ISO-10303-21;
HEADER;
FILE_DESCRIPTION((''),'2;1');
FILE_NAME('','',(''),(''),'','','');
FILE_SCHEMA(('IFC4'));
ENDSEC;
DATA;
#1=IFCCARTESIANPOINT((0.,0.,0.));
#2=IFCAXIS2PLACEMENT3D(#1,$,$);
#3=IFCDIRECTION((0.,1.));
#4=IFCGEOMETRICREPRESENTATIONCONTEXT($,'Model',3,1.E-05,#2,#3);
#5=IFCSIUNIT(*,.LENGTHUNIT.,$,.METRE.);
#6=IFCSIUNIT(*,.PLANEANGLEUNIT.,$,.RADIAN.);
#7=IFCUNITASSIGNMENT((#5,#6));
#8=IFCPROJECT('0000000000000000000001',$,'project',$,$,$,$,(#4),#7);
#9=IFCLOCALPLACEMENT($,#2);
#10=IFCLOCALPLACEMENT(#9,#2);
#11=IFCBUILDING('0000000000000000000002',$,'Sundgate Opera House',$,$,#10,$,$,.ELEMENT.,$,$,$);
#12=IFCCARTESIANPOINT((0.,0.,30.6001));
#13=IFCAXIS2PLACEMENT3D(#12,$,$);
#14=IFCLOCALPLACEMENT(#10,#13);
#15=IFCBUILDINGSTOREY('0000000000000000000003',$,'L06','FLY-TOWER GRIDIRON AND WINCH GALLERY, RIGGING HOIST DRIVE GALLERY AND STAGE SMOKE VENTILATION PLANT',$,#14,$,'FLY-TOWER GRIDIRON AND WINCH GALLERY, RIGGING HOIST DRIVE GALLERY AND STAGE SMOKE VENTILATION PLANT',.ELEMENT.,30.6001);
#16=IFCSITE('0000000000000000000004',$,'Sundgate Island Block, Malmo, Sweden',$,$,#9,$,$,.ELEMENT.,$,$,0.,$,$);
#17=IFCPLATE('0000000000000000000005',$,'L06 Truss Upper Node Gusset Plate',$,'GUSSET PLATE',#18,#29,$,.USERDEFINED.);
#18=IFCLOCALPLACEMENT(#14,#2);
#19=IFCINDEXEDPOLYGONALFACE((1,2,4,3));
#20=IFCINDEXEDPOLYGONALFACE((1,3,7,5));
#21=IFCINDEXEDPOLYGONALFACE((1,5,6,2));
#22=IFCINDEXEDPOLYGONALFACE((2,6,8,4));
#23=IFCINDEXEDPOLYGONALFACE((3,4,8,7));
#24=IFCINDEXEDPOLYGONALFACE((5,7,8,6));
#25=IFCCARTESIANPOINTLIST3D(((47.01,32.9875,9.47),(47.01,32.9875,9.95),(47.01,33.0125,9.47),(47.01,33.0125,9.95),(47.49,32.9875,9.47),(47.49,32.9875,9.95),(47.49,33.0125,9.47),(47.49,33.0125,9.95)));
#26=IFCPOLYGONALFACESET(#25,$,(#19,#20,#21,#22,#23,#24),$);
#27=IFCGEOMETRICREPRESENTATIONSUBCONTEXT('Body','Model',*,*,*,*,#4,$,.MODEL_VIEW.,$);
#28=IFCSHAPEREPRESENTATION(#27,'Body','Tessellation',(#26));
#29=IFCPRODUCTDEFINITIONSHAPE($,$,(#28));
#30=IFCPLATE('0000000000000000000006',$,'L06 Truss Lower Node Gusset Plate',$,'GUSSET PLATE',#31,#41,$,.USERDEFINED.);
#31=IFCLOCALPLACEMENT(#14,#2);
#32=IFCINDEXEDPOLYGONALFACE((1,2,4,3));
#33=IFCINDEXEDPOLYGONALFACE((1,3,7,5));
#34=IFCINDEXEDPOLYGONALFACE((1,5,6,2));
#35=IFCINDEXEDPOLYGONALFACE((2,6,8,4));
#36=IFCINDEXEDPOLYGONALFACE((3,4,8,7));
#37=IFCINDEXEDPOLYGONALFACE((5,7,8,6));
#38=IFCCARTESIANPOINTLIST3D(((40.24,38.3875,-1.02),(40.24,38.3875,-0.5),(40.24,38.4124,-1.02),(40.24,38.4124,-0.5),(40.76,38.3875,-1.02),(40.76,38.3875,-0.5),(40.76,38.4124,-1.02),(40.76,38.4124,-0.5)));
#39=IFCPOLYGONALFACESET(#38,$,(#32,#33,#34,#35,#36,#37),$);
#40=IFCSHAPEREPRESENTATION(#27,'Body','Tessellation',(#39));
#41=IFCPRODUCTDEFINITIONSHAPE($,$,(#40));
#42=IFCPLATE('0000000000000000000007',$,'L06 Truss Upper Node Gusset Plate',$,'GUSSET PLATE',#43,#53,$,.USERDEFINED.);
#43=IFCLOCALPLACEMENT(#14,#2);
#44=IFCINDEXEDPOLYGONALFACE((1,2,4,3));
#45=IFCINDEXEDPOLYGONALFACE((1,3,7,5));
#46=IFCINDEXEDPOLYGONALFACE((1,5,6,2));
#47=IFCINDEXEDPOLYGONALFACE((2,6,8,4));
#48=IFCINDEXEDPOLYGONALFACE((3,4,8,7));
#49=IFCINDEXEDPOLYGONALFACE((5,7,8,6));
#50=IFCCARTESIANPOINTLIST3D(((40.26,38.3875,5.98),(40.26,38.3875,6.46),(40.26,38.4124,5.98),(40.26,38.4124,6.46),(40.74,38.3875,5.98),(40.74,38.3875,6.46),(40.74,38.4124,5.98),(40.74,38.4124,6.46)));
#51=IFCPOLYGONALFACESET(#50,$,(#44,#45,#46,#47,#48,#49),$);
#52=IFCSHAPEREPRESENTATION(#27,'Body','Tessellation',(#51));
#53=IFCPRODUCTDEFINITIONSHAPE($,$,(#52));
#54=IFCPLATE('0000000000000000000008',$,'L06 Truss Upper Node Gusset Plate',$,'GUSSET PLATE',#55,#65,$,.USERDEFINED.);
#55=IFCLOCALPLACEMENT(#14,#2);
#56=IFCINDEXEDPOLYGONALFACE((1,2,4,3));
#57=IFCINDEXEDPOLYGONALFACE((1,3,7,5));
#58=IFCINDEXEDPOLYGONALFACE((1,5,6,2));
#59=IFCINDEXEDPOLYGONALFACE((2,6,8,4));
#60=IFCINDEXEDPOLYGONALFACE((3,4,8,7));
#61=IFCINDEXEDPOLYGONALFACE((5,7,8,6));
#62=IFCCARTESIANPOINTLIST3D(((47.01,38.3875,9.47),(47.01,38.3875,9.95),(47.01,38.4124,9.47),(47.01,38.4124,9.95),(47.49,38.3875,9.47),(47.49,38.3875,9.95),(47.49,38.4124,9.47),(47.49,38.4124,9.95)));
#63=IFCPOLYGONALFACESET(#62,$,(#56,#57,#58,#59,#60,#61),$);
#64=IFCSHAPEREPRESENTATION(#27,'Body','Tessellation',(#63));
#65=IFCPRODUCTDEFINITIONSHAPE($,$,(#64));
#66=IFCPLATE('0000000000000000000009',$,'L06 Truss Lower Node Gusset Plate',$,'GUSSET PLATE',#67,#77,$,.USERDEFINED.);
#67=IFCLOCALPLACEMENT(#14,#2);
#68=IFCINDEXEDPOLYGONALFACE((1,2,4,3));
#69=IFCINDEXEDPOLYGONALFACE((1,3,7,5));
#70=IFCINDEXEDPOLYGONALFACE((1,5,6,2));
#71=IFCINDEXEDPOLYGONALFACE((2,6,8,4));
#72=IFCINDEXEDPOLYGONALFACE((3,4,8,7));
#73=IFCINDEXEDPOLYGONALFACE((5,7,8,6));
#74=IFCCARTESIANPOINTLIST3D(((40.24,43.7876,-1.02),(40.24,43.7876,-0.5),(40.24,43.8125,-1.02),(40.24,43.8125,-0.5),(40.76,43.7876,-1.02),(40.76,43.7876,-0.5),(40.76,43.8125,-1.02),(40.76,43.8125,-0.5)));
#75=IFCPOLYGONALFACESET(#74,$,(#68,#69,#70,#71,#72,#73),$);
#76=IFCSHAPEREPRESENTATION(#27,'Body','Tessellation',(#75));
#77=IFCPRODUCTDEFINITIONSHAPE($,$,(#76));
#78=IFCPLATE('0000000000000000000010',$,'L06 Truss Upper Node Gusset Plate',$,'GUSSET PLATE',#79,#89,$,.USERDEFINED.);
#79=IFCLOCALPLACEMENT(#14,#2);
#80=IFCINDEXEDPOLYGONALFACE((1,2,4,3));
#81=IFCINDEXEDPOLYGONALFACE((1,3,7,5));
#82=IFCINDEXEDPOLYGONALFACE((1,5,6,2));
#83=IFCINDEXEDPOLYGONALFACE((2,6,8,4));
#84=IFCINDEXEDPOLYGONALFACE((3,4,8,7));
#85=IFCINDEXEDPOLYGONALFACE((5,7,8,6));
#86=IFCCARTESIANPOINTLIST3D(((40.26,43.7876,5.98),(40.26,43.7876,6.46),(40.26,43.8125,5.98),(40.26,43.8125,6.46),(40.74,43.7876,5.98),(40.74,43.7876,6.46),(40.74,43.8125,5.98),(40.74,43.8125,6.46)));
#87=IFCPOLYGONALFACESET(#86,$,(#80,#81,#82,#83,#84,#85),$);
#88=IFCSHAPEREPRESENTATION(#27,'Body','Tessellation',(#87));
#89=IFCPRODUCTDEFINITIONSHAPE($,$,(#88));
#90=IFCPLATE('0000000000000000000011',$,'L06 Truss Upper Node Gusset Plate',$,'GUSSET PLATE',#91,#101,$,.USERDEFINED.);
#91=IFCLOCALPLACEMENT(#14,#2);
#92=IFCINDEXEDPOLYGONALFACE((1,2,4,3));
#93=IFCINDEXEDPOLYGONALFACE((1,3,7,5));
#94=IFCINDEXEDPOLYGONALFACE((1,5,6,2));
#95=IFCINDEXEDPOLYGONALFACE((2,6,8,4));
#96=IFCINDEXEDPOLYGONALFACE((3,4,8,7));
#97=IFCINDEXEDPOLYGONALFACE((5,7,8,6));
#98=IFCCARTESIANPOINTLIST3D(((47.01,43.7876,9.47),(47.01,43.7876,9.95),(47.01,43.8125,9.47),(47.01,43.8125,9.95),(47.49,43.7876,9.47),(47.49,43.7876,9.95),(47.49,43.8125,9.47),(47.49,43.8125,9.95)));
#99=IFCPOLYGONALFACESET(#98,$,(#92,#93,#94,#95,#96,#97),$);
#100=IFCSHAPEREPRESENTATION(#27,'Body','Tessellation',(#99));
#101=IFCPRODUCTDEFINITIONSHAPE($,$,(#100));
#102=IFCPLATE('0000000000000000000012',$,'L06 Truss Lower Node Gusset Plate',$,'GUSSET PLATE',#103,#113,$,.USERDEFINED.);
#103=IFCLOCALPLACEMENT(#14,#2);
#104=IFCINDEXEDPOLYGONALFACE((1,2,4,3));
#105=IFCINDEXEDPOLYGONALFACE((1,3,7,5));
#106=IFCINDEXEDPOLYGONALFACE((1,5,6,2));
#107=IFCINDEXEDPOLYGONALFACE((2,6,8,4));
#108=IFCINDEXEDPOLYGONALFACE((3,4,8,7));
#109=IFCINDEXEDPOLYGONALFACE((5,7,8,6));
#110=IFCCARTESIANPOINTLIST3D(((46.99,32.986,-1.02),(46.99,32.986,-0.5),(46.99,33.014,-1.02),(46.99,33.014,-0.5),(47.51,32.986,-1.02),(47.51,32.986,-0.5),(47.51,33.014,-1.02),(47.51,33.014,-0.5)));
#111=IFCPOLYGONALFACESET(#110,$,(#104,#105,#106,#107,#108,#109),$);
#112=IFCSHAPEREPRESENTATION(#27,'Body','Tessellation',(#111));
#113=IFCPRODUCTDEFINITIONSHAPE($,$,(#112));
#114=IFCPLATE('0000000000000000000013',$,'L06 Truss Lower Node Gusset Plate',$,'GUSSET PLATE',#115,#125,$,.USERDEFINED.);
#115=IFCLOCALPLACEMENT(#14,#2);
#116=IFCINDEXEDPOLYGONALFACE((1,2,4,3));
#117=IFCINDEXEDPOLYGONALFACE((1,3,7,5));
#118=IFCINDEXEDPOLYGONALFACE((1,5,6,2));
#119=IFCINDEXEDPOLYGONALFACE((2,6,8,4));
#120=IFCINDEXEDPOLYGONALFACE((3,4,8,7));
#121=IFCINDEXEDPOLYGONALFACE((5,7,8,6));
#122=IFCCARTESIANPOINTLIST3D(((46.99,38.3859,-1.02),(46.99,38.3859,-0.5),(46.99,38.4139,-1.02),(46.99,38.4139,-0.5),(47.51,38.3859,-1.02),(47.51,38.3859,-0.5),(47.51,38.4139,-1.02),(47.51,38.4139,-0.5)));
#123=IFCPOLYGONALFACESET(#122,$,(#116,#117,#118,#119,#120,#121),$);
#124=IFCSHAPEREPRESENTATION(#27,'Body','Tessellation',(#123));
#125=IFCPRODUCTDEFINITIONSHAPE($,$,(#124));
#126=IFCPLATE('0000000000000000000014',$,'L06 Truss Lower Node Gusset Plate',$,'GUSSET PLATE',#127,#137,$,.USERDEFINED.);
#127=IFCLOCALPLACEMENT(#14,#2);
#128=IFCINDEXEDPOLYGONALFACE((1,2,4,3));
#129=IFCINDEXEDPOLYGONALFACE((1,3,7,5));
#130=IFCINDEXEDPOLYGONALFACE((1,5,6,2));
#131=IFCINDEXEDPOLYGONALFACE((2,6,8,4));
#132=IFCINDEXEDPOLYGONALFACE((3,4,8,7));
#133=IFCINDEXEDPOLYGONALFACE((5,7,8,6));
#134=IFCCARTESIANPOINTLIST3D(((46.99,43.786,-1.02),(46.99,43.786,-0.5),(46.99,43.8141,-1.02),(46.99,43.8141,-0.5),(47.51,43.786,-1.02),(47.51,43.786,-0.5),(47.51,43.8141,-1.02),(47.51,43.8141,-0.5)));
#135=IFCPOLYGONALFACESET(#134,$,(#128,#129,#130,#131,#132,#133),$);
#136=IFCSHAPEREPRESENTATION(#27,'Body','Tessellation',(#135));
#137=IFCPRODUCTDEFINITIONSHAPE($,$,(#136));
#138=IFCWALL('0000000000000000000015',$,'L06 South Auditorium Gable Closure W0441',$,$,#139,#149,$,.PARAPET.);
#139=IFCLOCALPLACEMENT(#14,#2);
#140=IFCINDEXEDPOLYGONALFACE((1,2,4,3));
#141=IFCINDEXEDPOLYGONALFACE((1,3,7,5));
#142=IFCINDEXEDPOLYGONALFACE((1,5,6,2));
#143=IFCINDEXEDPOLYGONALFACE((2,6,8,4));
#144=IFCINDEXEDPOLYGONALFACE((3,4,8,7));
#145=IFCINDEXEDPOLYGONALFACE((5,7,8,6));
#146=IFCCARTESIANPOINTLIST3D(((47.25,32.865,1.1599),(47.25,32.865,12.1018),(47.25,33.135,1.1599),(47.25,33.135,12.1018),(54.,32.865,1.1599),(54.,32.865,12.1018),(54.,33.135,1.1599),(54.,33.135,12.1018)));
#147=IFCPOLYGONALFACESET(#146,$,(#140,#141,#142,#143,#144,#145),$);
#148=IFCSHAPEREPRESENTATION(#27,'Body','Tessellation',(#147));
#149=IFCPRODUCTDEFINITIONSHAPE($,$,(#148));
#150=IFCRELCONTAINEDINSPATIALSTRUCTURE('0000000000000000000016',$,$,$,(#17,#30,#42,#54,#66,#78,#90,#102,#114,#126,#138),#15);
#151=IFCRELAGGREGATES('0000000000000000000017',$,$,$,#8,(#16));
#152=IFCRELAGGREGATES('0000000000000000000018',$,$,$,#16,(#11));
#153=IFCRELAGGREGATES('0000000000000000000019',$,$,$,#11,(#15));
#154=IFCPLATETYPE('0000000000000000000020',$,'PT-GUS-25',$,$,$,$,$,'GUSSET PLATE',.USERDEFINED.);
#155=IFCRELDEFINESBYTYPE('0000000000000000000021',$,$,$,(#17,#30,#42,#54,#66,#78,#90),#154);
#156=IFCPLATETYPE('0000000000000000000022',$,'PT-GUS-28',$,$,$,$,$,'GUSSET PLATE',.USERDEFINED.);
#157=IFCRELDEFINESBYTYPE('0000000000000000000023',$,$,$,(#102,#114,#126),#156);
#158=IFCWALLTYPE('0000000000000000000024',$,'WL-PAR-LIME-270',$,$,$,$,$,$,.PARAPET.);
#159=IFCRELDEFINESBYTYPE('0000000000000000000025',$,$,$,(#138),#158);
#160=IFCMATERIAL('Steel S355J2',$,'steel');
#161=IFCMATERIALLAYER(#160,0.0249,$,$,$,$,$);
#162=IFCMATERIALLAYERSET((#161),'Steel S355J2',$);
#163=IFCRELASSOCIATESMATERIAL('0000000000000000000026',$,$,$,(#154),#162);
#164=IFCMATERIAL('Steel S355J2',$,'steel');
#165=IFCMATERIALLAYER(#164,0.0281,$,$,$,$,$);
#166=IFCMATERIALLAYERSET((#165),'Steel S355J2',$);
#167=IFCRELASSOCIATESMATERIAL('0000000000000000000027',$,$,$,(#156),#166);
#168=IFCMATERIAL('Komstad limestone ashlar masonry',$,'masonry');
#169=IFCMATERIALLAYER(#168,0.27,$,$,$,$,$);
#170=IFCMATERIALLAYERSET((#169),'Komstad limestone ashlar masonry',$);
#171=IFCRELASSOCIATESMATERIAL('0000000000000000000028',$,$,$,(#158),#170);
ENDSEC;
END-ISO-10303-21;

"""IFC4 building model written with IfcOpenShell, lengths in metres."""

from ifc_helpers import new_model, si_unit, direction, frame, frame_2d, origin, origin_2d, place, context, subcontext, project, spatial, rectangle, extrude, material, layer, layer_set, type_object, element, save


model = new_model("IFC4")

# Units and contexts
model_context = context("Model", 3, precision=1e-05, world=origin(), true_north=direction((0.0, 1.0)))
body_context = subcontext(model_context, "Body", "Model", "MODEL_VIEW")
ifc_project = project(units=[si_unit("LENGTHUNIT", "METRE"), si_unit("PLANEANGLEUNIT", "RADIAN")], contexts=[model_context])

# Site, building, storey
site_placement = place(None, origin())
site = spatial("IfcSite", under=ifc_project, at=site_placement, Name="Sundgate Island Block, Malmo, Sweden", CompositionType="ELEMENT", RefElevation=0.0)
building_placement = place(site_placement, origin())
building = spatial("IfcBuilding", under=site, at=building_placement, Name="Sundgate Opera House", CompositionType="ELEMENT")
storey_placement = place(building_placement, frame((0.0, 0.0, 30.6001)))
storey = spatial("IfcBuildingStorey", under=building, at=storey_placement, Name="L06", Description="FLY-TOWER GRIDIRON AND WINCH GALLERY, RIGGING HOIST DRIVE GALLERY AND STAGE SMOKE VENTILATION PLANT", LongName="FLY-TOWER GRIDIRON AND WINCH GALLERY, RIGGING HOIST DRIVE GALLERY AND STAGE SMOKE VENTILATION PLANT", CompositionType="ELEMENT", Elevation=30.6001)

# Plates
ifc_material_1 = material(Name="Steel S355J2", Category="steel")
ifc_layer_1 = layer(ifc_material_1, 0.0249)
ifc_layer_set_1 = layer_set([ifc_layer_1], Name="Steel S355J2")
plate_type_1 = type_object("IfcPlateType", Name="PT-GUS-25", ElementType="GUSSET PLATE", PredefinedType="USERDEFINED", material=ifc_layer_set_1)
plate_1_placement = place(storey_placement, frame((47.25, 33.0, 9.47), z_axis=(0.0, 0.0, 1.0), x_axis=(1.0, 0.0, 0.0)))
element("IfcPlate", 1, at=plate_1_placement, inside=storey, type_object=plate_type_1, Name="L06 Truss Upper Node Gusset Plate", ObjectType="GUSSET PLATE", PredefinedType="USERDEFINED", context=body_context, shape_type="SweptSolid", body=[
    extrude(rectangle(XDim=0.48, YDim=0.0249, at=origin_2d()), origin(), (0.0, 0.0, 1.0), 0.48),
])
plate_2_placement = place(storey_placement, frame((40.5, 38.3999, -1.02), z_axis=(0.0, 0.0, 1.0), x_axis=(1.0, 0.0, 0.0)))
element("IfcPlate", 2, at=plate_2_placement, inside=storey, type_object=plate_type_1, Name="L06 Truss Lower Node Gusset Plate", ObjectType="GUSSET PLATE", PredefinedType="USERDEFINED", context=body_context, shape_type="SweptSolid", body=[
    extrude(rectangle(XDim=0.52, YDim=0.0249, at=origin_2d()), origin(), (0.0, 0.0, 1.0), 0.52),
])
for number, where, z_axis, x_axis, name in (
    (3, (40.5, 38.3999, 5.98), (0.0, 0.0, 1.0), (1.0, 0.0, 0.0), "L06 Truss Upper Node Gusset Plate"),
    (4, (47.25, 38.3999, 9.47), (0.0, 0.0, 1.0), (1.0, 0.0, 0.0), "L06 Truss Upper Node Gusset Plate"),
):
    element("IfcPlate", number, at=place(storey_placement, frame(where, z_axis=z_axis, x_axis=x_axis)), inside=storey, type_object=plate_type_1, Name=name, ObjectType="GUSSET PLATE", PredefinedType="USERDEFINED", context=body_context, shape_type="SweptSolid", body=[
        extrude(rectangle(XDim=0.48, YDim=0.0249, at=origin_2d()), origin(), (0.0, 0.0, 1.0), 0.48),
    ])
plate_3_placement = place(storey_placement, frame((40.5, 43.8, -1.02), z_axis=(0.0, 0.0, 1.0), x_axis=(1.0, 0.0, 0.0)))
element("IfcPlate", 5, at=plate_3_placement, inside=storey, type_object=plate_type_1, Name="L06 Truss Lower Node Gusset Plate", ObjectType="GUSSET PLATE", PredefinedType="USERDEFINED", context=body_context, shape_type="SweptSolid", body=[
    extrude(rectangle(XDim=0.52, YDim=0.0249, at=origin_2d()), origin(), (0.0, 0.0, 1.0), 0.52),
])
for number, where, z_axis, x_axis, name in (
    (6, (40.5, 43.8, 5.98), (0.0, 0.0, 1.0), (1.0, 0.0, 0.0), "L06 Truss Upper Node Gusset Plate"),
    (7, (47.25, 43.8, 9.47), (0.0, 0.0, 1.0), (1.0, 0.0, 0.0), "L06 Truss Upper Node Gusset Plate"),
):
    element("IfcPlate", number, at=place(storey_placement, frame(where, z_axis=z_axis, x_axis=x_axis)), inside=storey, type_object=plate_type_1, Name=name, ObjectType="GUSSET PLATE", PredefinedType="USERDEFINED", context=body_context, shape_type="SweptSolid", body=[
        extrude(rectangle(XDim=0.48, YDim=0.0249, at=origin_2d()), origin(), (0.0, 0.0, 1.0), 0.48),
    ])
ifc_material_2 = material(Name="Steel S355J2", Category="steel")
ifc_layer_2 = layer(ifc_material_2, 0.0281)
ifc_layer_set_2 = layer_set([ifc_layer_2], Name="Steel S355J2")
plate_type_2 = type_object("IfcPlateType", Name="PT-GUS-28", ElementType="GUSSET PLATE", PredefinedType="USERDEFINED", material=ifc_layer_set_2)
for number, where, z_axis, x_axis, name in (
    (8, (47.25, 33.0, -1.02), (0.0, 0.0, 1.0), (1.0, 0.0, 0.0), "L06 Truss Lower Node Gusset Plate"),
    (9, (47.25, 38.3999, -1.02), (0.0, 0.0, 1.0), (1.0, 0.0, 0.0), "L06 Truss Lower Node Gusset Plate"),
    (10, (47.25, 43.8, -1.02), (0.0, 0.0, 1.0), (1.0, 0.0, 0.0), "L06 Truss Lower Node Gusset Plate"),
):
    element("IfcPlate", number, at=place(storey_placement, frame(where, z_axis=z_axis, x_axis=x_axis)), inside=storey, type_object=plate_type_2, Name=name, ObjectType="GUSSET PLATE", PredefinedType="USERDEFINED", context=body_context, shape_type="SweptSolid", body=[
        extrude(rectangle(XDim=0.52, YDim=0.0281, at=origin_2d()), origin(), (0.0, 0.0, 1.0), 0.52),
    ])

# Wall
ifc_material_3 = material(Name="Komstad limestone ashlar masonry", Category="masonry")
ifc_layer_3 = layer(ifc_material_3, 0.27)
ifc_layer_set_3 = layer_set([ifc_layer_3], Name="Komstad limestone ashlar masonry")
wall_type = type_object("IfcWallType", Name="WL-PAR-LIME-270", PredefinedType="PARAPET", material=ifc_layer_set_3)
wall_placement = place(storey_placement, frame((47.25, 33.0, 1.1599), z_axis=(0.0, 0.0, 1.0), x_axis=(1.0, 0.0, 0.0)))
element("IfcWall", 11, at=wall_placement, inside=storey, type_object=wall_type, Name="L06 South Auditorium Gable Closure W0441", PredefinedType="PARAPET", context=body_context, shape_type="SweptSolid", body=[
    extrude(rectangle(XDim=6.75, YDim=0.27, at=frame_2d((3.375, 0.0))), origin(), (0.0, 0.0, 1.0), 10.9419),
])

save(model, "model.ifc")
